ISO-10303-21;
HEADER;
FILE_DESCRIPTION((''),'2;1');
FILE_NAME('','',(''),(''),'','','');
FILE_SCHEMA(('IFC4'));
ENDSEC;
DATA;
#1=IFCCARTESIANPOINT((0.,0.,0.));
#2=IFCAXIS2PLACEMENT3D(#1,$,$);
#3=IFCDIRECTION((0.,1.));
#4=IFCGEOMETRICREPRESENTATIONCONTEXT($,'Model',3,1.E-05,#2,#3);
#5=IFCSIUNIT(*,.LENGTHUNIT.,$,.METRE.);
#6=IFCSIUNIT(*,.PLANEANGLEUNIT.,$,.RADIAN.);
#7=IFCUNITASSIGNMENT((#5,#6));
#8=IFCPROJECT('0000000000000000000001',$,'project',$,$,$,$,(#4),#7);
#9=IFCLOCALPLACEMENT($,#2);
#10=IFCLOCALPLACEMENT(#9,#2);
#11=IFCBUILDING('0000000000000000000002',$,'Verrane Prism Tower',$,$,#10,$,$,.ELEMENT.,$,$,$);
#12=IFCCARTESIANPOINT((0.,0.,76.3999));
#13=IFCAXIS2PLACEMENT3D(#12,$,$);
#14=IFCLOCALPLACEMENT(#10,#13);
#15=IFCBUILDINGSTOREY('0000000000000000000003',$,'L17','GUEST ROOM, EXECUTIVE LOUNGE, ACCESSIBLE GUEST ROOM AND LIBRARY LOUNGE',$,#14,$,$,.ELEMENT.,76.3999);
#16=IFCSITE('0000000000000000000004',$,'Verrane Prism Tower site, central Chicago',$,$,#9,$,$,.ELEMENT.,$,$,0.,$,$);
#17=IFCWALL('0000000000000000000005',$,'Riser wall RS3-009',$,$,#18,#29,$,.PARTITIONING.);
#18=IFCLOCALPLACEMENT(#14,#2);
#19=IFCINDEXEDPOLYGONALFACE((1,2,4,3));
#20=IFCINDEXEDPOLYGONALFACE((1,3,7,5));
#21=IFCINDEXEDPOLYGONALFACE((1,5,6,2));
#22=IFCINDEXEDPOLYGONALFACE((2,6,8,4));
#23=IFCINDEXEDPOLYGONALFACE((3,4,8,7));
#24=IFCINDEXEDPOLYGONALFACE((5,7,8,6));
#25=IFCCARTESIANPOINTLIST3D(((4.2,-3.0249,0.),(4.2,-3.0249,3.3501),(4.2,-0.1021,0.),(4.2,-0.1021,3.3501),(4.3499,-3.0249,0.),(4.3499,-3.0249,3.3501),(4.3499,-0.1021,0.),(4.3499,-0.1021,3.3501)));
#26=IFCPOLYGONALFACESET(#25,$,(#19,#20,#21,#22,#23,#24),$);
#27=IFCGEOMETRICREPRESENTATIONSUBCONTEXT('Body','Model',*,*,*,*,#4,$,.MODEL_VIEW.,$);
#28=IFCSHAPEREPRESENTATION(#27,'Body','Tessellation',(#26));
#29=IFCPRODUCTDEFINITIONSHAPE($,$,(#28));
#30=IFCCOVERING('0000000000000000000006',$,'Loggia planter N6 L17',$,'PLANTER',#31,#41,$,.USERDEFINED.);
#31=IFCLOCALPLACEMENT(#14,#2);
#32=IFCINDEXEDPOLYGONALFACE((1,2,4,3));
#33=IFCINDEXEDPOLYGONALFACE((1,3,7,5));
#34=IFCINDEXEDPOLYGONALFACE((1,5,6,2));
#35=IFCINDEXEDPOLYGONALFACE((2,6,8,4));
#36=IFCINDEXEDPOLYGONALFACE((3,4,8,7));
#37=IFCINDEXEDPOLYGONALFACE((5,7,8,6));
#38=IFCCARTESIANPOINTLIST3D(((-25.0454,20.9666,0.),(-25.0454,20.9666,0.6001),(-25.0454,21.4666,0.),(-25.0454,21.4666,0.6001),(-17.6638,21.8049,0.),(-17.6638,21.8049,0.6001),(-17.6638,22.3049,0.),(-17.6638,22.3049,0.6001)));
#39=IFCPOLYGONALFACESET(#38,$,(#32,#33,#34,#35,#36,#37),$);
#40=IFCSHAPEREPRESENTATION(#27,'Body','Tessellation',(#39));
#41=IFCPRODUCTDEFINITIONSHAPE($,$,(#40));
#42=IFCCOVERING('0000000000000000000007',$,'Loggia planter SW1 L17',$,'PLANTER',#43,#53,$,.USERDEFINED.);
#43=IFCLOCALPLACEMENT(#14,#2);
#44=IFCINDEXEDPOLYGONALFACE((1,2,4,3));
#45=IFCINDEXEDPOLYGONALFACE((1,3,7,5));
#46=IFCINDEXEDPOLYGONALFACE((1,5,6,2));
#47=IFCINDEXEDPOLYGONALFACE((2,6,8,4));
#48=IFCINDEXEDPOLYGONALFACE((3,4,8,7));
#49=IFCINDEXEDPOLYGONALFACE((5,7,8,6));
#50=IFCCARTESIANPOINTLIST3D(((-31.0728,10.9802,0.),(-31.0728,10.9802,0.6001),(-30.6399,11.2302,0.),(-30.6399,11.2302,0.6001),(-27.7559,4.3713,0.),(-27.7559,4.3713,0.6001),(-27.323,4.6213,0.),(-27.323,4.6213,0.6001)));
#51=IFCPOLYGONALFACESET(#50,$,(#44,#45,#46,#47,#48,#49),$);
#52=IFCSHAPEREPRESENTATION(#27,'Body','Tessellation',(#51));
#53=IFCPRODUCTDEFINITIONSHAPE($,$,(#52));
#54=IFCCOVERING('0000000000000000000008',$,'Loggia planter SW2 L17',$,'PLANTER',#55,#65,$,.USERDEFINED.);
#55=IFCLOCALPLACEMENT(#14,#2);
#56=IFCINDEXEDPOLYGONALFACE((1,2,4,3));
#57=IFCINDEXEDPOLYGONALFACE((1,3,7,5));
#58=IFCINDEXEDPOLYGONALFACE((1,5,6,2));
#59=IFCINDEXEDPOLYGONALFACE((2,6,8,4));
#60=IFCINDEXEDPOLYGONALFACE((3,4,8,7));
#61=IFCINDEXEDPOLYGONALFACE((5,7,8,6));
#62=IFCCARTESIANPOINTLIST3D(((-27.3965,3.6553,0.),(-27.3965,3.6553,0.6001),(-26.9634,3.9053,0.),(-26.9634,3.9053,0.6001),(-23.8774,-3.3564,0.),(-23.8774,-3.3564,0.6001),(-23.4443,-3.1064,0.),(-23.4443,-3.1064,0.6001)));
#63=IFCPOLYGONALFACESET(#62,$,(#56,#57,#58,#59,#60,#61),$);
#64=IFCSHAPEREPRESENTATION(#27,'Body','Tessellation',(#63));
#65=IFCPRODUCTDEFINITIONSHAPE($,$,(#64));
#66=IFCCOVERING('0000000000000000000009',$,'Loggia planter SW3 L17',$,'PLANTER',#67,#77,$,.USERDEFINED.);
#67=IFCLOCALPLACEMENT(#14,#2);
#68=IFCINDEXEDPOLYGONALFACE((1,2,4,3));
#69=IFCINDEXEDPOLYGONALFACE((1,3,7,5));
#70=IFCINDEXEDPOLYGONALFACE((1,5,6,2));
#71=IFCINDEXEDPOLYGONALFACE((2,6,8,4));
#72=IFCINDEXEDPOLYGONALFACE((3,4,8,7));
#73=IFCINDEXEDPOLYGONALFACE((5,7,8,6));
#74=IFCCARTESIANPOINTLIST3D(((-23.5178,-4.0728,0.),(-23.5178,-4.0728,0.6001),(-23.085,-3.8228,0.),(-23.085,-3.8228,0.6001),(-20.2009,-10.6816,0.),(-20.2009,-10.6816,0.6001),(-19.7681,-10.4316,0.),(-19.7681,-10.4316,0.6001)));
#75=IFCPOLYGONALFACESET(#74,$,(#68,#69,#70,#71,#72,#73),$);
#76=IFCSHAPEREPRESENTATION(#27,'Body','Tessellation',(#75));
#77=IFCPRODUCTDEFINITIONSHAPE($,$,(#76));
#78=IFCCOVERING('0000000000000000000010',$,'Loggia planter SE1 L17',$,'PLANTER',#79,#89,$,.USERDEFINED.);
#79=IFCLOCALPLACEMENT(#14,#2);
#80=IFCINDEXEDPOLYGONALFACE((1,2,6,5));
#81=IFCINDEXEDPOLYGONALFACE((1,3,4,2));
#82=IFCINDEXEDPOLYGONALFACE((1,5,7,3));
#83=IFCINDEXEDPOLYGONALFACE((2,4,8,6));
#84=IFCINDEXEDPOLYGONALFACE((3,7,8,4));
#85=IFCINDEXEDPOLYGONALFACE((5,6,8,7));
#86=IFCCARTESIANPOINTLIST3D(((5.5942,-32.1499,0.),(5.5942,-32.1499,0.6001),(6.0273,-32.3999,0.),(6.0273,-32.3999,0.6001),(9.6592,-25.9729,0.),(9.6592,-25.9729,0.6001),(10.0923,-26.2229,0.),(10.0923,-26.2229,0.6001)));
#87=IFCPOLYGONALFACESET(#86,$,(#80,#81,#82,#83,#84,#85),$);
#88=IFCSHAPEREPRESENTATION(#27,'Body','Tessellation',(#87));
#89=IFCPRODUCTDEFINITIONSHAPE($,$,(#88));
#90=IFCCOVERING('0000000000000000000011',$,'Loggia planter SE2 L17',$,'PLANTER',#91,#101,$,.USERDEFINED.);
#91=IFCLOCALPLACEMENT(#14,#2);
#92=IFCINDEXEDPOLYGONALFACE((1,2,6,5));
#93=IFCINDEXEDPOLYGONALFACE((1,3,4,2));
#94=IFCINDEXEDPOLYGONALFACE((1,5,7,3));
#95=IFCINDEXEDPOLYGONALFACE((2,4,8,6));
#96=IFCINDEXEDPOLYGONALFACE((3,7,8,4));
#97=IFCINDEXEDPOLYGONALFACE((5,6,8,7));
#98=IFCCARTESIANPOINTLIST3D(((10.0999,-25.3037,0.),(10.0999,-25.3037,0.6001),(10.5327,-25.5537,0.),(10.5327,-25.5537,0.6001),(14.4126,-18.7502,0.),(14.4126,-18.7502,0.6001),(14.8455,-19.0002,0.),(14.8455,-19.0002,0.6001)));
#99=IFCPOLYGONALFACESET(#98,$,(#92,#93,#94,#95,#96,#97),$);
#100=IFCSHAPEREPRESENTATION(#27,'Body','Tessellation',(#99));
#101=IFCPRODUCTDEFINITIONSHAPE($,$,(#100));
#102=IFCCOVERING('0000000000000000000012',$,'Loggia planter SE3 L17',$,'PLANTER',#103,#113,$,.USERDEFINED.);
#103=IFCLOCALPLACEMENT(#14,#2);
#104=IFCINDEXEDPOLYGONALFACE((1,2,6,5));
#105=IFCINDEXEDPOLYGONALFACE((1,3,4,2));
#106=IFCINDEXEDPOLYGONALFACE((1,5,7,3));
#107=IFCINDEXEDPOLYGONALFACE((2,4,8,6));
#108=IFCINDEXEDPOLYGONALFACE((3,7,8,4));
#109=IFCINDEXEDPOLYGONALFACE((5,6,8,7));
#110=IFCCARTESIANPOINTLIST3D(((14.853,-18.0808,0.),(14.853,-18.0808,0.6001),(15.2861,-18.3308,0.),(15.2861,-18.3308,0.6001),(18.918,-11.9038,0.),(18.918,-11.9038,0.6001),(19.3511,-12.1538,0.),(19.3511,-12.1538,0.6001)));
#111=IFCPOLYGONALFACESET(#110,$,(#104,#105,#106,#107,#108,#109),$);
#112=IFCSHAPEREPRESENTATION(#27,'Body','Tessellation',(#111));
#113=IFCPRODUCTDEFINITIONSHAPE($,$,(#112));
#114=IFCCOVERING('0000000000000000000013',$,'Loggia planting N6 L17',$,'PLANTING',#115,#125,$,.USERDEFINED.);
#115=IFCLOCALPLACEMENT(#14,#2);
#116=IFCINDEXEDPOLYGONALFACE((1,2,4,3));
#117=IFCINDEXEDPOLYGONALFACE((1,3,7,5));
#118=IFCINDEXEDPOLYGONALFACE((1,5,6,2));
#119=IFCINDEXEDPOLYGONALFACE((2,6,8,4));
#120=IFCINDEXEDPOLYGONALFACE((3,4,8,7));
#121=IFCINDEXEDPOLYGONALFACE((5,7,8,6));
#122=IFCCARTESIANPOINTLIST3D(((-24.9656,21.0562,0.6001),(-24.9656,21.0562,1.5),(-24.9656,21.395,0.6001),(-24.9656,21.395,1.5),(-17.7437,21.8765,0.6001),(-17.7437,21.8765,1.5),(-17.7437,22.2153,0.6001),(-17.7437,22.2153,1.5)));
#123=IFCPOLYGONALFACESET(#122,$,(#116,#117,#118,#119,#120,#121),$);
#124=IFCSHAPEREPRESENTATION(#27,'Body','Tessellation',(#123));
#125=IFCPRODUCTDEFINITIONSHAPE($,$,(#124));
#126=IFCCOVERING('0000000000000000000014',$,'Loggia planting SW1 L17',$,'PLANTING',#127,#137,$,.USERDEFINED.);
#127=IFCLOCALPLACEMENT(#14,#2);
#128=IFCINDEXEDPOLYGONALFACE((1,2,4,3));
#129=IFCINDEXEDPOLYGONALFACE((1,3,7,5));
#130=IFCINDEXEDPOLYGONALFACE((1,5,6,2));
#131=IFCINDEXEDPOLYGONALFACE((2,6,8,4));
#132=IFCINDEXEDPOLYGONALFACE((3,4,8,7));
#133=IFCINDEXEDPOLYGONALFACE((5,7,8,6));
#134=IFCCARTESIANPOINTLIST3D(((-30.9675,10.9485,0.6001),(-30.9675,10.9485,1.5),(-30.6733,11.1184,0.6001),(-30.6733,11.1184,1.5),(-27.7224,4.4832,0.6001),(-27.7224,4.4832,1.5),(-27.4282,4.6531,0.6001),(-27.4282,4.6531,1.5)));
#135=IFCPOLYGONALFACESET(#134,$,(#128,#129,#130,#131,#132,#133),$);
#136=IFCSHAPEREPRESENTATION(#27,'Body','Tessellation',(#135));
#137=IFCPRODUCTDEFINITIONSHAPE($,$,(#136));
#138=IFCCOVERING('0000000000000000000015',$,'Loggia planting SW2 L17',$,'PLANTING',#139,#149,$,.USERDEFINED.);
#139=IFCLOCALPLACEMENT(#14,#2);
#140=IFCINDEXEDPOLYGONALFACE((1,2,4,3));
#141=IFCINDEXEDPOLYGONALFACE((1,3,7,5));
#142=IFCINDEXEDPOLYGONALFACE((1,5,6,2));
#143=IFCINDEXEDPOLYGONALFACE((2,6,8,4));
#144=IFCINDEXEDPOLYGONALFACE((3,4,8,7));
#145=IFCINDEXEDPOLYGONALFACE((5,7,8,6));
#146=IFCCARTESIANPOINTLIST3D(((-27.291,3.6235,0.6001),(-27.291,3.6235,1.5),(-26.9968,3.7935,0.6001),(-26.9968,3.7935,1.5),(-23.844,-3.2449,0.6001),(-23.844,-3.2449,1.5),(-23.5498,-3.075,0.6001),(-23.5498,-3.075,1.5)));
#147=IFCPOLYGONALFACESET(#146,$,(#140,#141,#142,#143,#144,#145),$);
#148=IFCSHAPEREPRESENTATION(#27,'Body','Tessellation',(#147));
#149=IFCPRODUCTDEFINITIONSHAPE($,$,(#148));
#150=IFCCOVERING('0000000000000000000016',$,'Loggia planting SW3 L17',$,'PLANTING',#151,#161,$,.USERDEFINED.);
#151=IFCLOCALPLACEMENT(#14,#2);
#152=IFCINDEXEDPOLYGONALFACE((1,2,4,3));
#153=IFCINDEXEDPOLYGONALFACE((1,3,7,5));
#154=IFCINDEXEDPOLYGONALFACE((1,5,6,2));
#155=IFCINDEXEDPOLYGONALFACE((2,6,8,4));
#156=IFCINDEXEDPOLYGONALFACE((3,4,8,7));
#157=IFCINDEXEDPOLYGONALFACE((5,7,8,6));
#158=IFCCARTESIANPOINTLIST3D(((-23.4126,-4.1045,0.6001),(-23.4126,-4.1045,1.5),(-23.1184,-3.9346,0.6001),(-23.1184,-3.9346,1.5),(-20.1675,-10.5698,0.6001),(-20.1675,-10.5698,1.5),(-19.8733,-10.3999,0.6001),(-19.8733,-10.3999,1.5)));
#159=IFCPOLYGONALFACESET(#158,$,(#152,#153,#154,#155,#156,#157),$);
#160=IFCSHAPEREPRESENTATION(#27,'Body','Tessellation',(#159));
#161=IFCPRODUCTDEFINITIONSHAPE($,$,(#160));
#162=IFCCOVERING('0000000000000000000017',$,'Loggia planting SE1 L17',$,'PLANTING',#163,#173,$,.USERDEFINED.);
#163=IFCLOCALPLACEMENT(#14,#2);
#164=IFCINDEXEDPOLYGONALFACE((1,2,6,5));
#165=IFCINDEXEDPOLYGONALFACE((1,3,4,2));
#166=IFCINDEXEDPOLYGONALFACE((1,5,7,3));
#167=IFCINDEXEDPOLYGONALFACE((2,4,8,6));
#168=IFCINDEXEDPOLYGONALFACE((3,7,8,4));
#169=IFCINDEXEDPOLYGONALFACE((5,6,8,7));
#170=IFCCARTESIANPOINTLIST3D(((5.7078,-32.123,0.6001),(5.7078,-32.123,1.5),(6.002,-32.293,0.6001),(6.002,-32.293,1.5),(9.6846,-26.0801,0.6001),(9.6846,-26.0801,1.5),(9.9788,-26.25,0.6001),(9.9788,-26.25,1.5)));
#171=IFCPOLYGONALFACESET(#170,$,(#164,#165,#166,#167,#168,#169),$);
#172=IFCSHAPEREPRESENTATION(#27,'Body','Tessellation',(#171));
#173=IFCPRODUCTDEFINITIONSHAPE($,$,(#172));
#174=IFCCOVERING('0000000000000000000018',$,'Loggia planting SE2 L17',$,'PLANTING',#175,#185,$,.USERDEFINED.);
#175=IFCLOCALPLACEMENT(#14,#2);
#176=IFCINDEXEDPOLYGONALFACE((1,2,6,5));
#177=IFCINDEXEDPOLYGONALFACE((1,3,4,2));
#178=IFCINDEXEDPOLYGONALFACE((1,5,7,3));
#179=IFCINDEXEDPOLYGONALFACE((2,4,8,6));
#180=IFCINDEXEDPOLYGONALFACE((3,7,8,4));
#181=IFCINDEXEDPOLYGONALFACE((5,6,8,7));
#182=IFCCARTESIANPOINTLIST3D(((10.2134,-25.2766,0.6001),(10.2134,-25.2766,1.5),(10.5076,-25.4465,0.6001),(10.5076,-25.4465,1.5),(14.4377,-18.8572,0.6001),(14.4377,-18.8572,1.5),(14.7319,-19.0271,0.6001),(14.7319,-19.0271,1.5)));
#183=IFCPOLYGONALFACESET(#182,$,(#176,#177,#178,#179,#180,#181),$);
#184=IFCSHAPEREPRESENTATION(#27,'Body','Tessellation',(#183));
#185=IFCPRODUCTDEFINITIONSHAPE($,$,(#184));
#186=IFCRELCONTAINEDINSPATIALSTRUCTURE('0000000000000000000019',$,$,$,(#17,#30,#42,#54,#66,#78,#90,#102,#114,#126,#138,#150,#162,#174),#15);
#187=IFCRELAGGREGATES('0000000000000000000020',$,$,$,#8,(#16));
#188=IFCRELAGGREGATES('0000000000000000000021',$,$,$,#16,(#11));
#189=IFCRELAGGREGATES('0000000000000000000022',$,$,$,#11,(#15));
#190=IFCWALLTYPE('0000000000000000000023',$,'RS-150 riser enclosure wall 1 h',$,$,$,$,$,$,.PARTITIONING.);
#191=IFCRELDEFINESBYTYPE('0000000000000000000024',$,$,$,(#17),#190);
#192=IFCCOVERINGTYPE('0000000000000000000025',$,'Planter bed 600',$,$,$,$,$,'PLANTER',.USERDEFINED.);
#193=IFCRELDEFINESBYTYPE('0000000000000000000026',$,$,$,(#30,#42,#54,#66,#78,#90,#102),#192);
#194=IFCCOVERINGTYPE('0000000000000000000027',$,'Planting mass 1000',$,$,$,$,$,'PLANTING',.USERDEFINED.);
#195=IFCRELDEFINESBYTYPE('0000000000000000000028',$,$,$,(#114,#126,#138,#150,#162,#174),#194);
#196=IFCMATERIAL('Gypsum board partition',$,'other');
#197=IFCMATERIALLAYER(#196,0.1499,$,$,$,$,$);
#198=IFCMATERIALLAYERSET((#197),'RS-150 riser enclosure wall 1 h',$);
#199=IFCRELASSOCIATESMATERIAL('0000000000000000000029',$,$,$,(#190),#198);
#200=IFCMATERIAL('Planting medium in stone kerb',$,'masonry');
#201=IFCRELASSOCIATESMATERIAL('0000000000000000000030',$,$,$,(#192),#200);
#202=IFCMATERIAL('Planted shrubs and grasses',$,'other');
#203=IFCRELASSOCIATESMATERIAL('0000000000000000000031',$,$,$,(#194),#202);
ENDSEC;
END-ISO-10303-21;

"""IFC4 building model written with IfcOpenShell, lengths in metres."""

from ifc_helpers import new_model, si_unit, direction, frame, frame_2d, origin, place, context, subcontext, project, spatial, polyline, rectangle, outline, extrude, material, layer, layer_set, type_object, element, save


model = new_model("IFC4")

# Units and contexts
model_context = context("Model", 3, precision=1e-05, world=origin(), true_north=direction((0.0, 1.0)))
body_context = subcontext(model_context, "Body", "Model", "MODEL_VIEW")
ifc_project = project(units=[si_unit("LENGTHUNIT", "METRE"), si_unit("PLANEANGLEUNIT", "RADIAN")], contexts=[model_context])

# Site, building, storey
site_placement = place(None, origin())
site = spatial("IfcSite", under=ifc_project, at=site_placement, Name="Verrane Prism Tower site, central Chicago", CompositionType="ELEMENT", RefElevation=0.0)
building_placement = place(site_placement, origin())
building = spatial("IfcBuilding", under=site, at=building_placement, Name="Verrane Prism Tower", CompositionType="ELEMENT")
storey_placement = place(building_placement, frame((0.0, 0.0, 76.3999)))
storey = spatial("IfcBuildingStorey", under=building, at=storey_placement, Name="L17", Description="GUEST ROOM, EXECUTIVE LOUNGE, ACCESSIBLE GUEST ROOM AND LIBRARY LOUNGE", CompositionType="ELEMENT", Elevation=76.3999)

# Shared definitions
ifc_material_1 = material(Name="Gypsum board partition", Category="other")
ifc_layer_1 = layer(ifc_material_1, 0.1499)
ifc_layer_set_1 = layer_set([ifc_layer_1], Name="RS-150 riser enclosure wall 1 h")
wall_type_1 = type_object("IfcWallType", Name="RS-150 riser enclosure wall 1 h", PredefinedType="PARTITIONING", material=ifc_layer_set_1)

# Wall
wall_1_placement = place(storey_placement, frame((4.2749, -3.0249, 0.0), z_axis=(0.0, 0.0, 1.0), x_axis=(0.0, 1.0, 0.0)))
element("IfcWall", 1, at=wall_1_placement, inside=storey, type_object=wall_type_1, Name="Riser wall RS3-009", PredefinedType="PARTITIONING", context=body_context, shape_type="SweptSolid", body=[
    extrude(rectangle(XDim=2.9229, YDim=0.1499, at=frame_2d((1.4614, 0.0))), origin(), (0.0, 0.0, 1.0), 3.3501),
])

# Coverings
ifc_material_2 = material(Name="Planting medium in stone kerb", Category="masonry")
covering_type_1 = type_object("IfcCoveringType", Name="Planter bed 600", ElementType="PLANTER", PredefinedType="USERDEFINED", material=ifc_material_2)
covering_1_placement = place(storey_placement, origin())
element("IfcCovering", 2, at=covering_1_placement, inside=storey, type_object=covering_type_1, Name="Loggia planter N6 L17", ObjectType="PLANTER", PredefinedType="USERDEFINED", context=body_context, shape_type="SweptSolid", body=[
    extrude(outline(polyline([(-17.6638, 22.3049), (-25.0454, 21.4666), (-25.0454, 20.9666), (-17.6638, 21.8049), (-17.6638, 22.3049)])), origin(), (0.0, 0.0, 1.0), 0.6001),
])
covering_2_placement = place(storey_placement, origin())
element("IfcCovering", 3, at=covering_2_placement, inside=storey, type_object=covering_type_1, Name="Loggia planter SW1 L17", ObjectType="PLANTER", PredefinedType="USERDEFINED", context=body_context, shape_type="SweptSolid", body=[
    extrude(outline(polyline([(-31.0728, 10.9802), (-27.7559, 4.3713), (-27.323, 4.6213), (-30.6399, 11.2302), (-31.0728, 10.9802)])), origin(), (0.0, 0.0, 1.0), 0.6001),
])
covering_3_placement = place(storey_placement, origin())
element("IfcCovering", 4, at=covering_3_placement, inside=storey, type_object=covering_type_1, Name="Loggia planter SW2 L17", ObjectType="PLANTER", PredefinedType="USERDEFINED", context=body_context, shape_type="SweptSolid", body=[
    extrude(outline(polyline([(-27.3965, 3.6553), (-23.8774, -3.3564), (-23.4443, -3.1064), (-26.9634, 3.9053), (-27.3965, 3.6553)])), origin(), (0.0, 0.0, 1.0), 0.6001),
])
covering_4_placement = place(storey_placement, origin())
element("IfcCovering", 5, at=covering_4_placement, inside=storey, type_object=covering_type_1, Name="Loggia planter SW3 L17", ObjectType="PLANTER", PredefinedType="USERDEFINED", context=body_context, shape_type="SweptSolid", body=[
    extrude(outline(polyline([(-23.5178, -4.0728), (-20.2009, -10.6816), (-19.7681, -10.4316), (-23.085, -3.8228), (-23.5178, -4.0728)])), origin(), (0.0, 0.0, 1.0), 0.6001),
])
covering_5_placement = place(storey_placement, origin())
element("IfcCovering", 6, at=covering_5_placement, inside=storey, type_object=covering_type_1, Name="Loggia planter SE1 L17", ObjectType="PLANTER", PredefinedType="USERDEFINED", context=body_context, shape_type="SweptSolid", body=[
    extrude(outline(polyline([(6.0273, -32.3999), (10.0923, -26.2229), (9.6592, -25.9729), (5.5942, -32.1499), (6.0273, -32.3999)])), origin(), (0.0, 0.0, 1.0), 0.6001),
])
covering_6_placement = place(storey_placement, origin())
element("IfcCovering", 7, at=covering_6_placement, inside=storey, type_object=covering_type_1, Name="Loggia planter SE2 L17", ObjectType="PLANTER", PredefinedType="USERDEFINED", context=body_context, shape_type="SweptSolid", body=[
    extrude(outline(polyline([(10.5327, -25.5537), (14.8455, -19.0002), (14.4126, -18.7502), (10.0999, -25.3037), (10.5327, -25.5537)])), origin(), (0.0, 0.0, 1.0), 0.6001),
])
covering_7_placement = place(storey_placement, origin())
element("IfcCovering", 8, at=covering_7_placement, inside=storey, type_object=covering_type_1, Name="Loggia planter SE3 L17", ObjectType="PLANTER", PredefinedType="USERDEFINED", context=body_context, shape_type="SweptSolid", body=[
    extrude(outline(polyline([(15.2861, -18.3308), (19.3511, -12.1538), (18.918, -11.9038), (14.853, -18.0808), (15.2861, -18.3308)])), origin(), (0.0, 0.0, 1.0), 0.6001),
])
ifc_material_3 = material(Name="Planted shrubs and grasses", Category="other")
covering_type_2 = type_object("IfcCoveringType", Name="Planting mass 1000", ElementType="PLANTING", PredefinedType="USERDEFINED", material=ifc_material_3)
covering_8_placement = place(storey_placement, frame((0.0, 0.0, 0.6001)))
element("IfcCovering", 9, at=covering_8_placement, inside=storey, type_object=covering_type_2, Name="Loggia planting N6 L17", ObjectType="PLANTING", PredefinedType="USERDEFINED", context=body_context, shape_type="SweptSolid", body=[
    extrude(outline(polyline([(-24.9656, 21.395), (-24.9656, 21.0562), (-17.7437, 21.8765), (-17.7437, 22.2153), (-24.9656, 21.395)])), origin(), (0.0, 0.0, 1.0), 0.8999),
])
covering_9_placement = place(storey_placement, frame((0.0, 0.0, 0.6001)))
element("IfcCovering", 10, at=covering_9_placement, inside=storey, type_object=covering_type_2, Name="Loggia planting SW1 L17", ObjectType="PLANTING", PredefinedType="USERDEFINED", context=body_context, shape_type="SweptSolid", body=[
    extrude(outline(polyline([(-27.7224, 4.4832), (-27.4282, 4.6531), (-30.6733, 11.1184), (-30.9675, 10.9485), (-27.7224, 4.4832)])), origin(), (0.0, 0.0, 1.0), 0.8999),
])
covering_10_placement = place(storey_placement, frame((0.0, 0.0, 0.6001)))
element("IfcCovering", 11, at=covering_10_placement, inside=storey, type_object=covering_type_2, Name="Loggia planting SW2 L17", ObjectType="PLANTING", PredefinedType="USERDEFINED", context=body_context, shape_type="SweptSolid", body=[
    extrude(outline(polyline([(-23.844, -3.2449), (-23.5498, -3.075), (-26.9968, 3.7935), (-27.291, 3.6235), (-23.844, -3.2449)])), origin(), (0.0, 0.0, 1.0), 0.8999),
])
covering_11_placement = place(storey_placement, frame((0.0, 0.0, 0.6001)))
element("IfcCovering", 12, at=covering_11_placement, inside=storey, type_object=covering_type_2, Name="Loggia planting SW3 L17", ObjectType="PLANTING", PredefinedType="USERDEFINED", context=body_context, shape_type="SweptSolid", body=[
    extrude(outline(polyline([(-20.1675, -10.5698), (-19.8733, -10.3999), (-23.1184, -3.9346), (-23.4126, -4.1045), (-20.1675, -10.5698)])), origin(), (0.0, 0.0, 1.0), 0.8999),
])
covering_12_placement = place(storey_placement, frame((0.0, 0.0, 0.6001)))
element("IfcCovering", 13, at=covering_12_placement, inside=storey, type_object=covering_type_2, Name="Loggia planting SE1 L17", ObjectType="PLANTING", PredefinedType="USERDEFINED", context=body_context, shape_type="SweptSolid", body=[
    extrude(outline(polyline([(9.9788, -26.25), (9.6846, -26.0801), (5.7078, -32.123), (6.002, -32.293), (9.9788, -26.25)])), origin(), (0.0, 0.0, 1.0), 0.8999),
])
covering_13_placement = place(storey_placement, frame((0.0, 0.0, 0.6001)))
element("IfcCovering", 14, at=covering_13_placement, inside=storey, type_object=covering_type_2, Name="Loggia planting SE2 L17", ObjectType="PLANTING", PredefinedType="USERDEFINED", context=body_context, shape_type="SweptSolid", body=[
    extrude(outline(polyline([(14.7319, -19.0271), (14.4377, -18.8572), (10.2134, -25.2766), (10.5076, -25.4465), (14.7319, -19.0271)])), origin(), (0.0, 0.0, 1.0), 0.8999),
])

save(model, "model.ifc")
